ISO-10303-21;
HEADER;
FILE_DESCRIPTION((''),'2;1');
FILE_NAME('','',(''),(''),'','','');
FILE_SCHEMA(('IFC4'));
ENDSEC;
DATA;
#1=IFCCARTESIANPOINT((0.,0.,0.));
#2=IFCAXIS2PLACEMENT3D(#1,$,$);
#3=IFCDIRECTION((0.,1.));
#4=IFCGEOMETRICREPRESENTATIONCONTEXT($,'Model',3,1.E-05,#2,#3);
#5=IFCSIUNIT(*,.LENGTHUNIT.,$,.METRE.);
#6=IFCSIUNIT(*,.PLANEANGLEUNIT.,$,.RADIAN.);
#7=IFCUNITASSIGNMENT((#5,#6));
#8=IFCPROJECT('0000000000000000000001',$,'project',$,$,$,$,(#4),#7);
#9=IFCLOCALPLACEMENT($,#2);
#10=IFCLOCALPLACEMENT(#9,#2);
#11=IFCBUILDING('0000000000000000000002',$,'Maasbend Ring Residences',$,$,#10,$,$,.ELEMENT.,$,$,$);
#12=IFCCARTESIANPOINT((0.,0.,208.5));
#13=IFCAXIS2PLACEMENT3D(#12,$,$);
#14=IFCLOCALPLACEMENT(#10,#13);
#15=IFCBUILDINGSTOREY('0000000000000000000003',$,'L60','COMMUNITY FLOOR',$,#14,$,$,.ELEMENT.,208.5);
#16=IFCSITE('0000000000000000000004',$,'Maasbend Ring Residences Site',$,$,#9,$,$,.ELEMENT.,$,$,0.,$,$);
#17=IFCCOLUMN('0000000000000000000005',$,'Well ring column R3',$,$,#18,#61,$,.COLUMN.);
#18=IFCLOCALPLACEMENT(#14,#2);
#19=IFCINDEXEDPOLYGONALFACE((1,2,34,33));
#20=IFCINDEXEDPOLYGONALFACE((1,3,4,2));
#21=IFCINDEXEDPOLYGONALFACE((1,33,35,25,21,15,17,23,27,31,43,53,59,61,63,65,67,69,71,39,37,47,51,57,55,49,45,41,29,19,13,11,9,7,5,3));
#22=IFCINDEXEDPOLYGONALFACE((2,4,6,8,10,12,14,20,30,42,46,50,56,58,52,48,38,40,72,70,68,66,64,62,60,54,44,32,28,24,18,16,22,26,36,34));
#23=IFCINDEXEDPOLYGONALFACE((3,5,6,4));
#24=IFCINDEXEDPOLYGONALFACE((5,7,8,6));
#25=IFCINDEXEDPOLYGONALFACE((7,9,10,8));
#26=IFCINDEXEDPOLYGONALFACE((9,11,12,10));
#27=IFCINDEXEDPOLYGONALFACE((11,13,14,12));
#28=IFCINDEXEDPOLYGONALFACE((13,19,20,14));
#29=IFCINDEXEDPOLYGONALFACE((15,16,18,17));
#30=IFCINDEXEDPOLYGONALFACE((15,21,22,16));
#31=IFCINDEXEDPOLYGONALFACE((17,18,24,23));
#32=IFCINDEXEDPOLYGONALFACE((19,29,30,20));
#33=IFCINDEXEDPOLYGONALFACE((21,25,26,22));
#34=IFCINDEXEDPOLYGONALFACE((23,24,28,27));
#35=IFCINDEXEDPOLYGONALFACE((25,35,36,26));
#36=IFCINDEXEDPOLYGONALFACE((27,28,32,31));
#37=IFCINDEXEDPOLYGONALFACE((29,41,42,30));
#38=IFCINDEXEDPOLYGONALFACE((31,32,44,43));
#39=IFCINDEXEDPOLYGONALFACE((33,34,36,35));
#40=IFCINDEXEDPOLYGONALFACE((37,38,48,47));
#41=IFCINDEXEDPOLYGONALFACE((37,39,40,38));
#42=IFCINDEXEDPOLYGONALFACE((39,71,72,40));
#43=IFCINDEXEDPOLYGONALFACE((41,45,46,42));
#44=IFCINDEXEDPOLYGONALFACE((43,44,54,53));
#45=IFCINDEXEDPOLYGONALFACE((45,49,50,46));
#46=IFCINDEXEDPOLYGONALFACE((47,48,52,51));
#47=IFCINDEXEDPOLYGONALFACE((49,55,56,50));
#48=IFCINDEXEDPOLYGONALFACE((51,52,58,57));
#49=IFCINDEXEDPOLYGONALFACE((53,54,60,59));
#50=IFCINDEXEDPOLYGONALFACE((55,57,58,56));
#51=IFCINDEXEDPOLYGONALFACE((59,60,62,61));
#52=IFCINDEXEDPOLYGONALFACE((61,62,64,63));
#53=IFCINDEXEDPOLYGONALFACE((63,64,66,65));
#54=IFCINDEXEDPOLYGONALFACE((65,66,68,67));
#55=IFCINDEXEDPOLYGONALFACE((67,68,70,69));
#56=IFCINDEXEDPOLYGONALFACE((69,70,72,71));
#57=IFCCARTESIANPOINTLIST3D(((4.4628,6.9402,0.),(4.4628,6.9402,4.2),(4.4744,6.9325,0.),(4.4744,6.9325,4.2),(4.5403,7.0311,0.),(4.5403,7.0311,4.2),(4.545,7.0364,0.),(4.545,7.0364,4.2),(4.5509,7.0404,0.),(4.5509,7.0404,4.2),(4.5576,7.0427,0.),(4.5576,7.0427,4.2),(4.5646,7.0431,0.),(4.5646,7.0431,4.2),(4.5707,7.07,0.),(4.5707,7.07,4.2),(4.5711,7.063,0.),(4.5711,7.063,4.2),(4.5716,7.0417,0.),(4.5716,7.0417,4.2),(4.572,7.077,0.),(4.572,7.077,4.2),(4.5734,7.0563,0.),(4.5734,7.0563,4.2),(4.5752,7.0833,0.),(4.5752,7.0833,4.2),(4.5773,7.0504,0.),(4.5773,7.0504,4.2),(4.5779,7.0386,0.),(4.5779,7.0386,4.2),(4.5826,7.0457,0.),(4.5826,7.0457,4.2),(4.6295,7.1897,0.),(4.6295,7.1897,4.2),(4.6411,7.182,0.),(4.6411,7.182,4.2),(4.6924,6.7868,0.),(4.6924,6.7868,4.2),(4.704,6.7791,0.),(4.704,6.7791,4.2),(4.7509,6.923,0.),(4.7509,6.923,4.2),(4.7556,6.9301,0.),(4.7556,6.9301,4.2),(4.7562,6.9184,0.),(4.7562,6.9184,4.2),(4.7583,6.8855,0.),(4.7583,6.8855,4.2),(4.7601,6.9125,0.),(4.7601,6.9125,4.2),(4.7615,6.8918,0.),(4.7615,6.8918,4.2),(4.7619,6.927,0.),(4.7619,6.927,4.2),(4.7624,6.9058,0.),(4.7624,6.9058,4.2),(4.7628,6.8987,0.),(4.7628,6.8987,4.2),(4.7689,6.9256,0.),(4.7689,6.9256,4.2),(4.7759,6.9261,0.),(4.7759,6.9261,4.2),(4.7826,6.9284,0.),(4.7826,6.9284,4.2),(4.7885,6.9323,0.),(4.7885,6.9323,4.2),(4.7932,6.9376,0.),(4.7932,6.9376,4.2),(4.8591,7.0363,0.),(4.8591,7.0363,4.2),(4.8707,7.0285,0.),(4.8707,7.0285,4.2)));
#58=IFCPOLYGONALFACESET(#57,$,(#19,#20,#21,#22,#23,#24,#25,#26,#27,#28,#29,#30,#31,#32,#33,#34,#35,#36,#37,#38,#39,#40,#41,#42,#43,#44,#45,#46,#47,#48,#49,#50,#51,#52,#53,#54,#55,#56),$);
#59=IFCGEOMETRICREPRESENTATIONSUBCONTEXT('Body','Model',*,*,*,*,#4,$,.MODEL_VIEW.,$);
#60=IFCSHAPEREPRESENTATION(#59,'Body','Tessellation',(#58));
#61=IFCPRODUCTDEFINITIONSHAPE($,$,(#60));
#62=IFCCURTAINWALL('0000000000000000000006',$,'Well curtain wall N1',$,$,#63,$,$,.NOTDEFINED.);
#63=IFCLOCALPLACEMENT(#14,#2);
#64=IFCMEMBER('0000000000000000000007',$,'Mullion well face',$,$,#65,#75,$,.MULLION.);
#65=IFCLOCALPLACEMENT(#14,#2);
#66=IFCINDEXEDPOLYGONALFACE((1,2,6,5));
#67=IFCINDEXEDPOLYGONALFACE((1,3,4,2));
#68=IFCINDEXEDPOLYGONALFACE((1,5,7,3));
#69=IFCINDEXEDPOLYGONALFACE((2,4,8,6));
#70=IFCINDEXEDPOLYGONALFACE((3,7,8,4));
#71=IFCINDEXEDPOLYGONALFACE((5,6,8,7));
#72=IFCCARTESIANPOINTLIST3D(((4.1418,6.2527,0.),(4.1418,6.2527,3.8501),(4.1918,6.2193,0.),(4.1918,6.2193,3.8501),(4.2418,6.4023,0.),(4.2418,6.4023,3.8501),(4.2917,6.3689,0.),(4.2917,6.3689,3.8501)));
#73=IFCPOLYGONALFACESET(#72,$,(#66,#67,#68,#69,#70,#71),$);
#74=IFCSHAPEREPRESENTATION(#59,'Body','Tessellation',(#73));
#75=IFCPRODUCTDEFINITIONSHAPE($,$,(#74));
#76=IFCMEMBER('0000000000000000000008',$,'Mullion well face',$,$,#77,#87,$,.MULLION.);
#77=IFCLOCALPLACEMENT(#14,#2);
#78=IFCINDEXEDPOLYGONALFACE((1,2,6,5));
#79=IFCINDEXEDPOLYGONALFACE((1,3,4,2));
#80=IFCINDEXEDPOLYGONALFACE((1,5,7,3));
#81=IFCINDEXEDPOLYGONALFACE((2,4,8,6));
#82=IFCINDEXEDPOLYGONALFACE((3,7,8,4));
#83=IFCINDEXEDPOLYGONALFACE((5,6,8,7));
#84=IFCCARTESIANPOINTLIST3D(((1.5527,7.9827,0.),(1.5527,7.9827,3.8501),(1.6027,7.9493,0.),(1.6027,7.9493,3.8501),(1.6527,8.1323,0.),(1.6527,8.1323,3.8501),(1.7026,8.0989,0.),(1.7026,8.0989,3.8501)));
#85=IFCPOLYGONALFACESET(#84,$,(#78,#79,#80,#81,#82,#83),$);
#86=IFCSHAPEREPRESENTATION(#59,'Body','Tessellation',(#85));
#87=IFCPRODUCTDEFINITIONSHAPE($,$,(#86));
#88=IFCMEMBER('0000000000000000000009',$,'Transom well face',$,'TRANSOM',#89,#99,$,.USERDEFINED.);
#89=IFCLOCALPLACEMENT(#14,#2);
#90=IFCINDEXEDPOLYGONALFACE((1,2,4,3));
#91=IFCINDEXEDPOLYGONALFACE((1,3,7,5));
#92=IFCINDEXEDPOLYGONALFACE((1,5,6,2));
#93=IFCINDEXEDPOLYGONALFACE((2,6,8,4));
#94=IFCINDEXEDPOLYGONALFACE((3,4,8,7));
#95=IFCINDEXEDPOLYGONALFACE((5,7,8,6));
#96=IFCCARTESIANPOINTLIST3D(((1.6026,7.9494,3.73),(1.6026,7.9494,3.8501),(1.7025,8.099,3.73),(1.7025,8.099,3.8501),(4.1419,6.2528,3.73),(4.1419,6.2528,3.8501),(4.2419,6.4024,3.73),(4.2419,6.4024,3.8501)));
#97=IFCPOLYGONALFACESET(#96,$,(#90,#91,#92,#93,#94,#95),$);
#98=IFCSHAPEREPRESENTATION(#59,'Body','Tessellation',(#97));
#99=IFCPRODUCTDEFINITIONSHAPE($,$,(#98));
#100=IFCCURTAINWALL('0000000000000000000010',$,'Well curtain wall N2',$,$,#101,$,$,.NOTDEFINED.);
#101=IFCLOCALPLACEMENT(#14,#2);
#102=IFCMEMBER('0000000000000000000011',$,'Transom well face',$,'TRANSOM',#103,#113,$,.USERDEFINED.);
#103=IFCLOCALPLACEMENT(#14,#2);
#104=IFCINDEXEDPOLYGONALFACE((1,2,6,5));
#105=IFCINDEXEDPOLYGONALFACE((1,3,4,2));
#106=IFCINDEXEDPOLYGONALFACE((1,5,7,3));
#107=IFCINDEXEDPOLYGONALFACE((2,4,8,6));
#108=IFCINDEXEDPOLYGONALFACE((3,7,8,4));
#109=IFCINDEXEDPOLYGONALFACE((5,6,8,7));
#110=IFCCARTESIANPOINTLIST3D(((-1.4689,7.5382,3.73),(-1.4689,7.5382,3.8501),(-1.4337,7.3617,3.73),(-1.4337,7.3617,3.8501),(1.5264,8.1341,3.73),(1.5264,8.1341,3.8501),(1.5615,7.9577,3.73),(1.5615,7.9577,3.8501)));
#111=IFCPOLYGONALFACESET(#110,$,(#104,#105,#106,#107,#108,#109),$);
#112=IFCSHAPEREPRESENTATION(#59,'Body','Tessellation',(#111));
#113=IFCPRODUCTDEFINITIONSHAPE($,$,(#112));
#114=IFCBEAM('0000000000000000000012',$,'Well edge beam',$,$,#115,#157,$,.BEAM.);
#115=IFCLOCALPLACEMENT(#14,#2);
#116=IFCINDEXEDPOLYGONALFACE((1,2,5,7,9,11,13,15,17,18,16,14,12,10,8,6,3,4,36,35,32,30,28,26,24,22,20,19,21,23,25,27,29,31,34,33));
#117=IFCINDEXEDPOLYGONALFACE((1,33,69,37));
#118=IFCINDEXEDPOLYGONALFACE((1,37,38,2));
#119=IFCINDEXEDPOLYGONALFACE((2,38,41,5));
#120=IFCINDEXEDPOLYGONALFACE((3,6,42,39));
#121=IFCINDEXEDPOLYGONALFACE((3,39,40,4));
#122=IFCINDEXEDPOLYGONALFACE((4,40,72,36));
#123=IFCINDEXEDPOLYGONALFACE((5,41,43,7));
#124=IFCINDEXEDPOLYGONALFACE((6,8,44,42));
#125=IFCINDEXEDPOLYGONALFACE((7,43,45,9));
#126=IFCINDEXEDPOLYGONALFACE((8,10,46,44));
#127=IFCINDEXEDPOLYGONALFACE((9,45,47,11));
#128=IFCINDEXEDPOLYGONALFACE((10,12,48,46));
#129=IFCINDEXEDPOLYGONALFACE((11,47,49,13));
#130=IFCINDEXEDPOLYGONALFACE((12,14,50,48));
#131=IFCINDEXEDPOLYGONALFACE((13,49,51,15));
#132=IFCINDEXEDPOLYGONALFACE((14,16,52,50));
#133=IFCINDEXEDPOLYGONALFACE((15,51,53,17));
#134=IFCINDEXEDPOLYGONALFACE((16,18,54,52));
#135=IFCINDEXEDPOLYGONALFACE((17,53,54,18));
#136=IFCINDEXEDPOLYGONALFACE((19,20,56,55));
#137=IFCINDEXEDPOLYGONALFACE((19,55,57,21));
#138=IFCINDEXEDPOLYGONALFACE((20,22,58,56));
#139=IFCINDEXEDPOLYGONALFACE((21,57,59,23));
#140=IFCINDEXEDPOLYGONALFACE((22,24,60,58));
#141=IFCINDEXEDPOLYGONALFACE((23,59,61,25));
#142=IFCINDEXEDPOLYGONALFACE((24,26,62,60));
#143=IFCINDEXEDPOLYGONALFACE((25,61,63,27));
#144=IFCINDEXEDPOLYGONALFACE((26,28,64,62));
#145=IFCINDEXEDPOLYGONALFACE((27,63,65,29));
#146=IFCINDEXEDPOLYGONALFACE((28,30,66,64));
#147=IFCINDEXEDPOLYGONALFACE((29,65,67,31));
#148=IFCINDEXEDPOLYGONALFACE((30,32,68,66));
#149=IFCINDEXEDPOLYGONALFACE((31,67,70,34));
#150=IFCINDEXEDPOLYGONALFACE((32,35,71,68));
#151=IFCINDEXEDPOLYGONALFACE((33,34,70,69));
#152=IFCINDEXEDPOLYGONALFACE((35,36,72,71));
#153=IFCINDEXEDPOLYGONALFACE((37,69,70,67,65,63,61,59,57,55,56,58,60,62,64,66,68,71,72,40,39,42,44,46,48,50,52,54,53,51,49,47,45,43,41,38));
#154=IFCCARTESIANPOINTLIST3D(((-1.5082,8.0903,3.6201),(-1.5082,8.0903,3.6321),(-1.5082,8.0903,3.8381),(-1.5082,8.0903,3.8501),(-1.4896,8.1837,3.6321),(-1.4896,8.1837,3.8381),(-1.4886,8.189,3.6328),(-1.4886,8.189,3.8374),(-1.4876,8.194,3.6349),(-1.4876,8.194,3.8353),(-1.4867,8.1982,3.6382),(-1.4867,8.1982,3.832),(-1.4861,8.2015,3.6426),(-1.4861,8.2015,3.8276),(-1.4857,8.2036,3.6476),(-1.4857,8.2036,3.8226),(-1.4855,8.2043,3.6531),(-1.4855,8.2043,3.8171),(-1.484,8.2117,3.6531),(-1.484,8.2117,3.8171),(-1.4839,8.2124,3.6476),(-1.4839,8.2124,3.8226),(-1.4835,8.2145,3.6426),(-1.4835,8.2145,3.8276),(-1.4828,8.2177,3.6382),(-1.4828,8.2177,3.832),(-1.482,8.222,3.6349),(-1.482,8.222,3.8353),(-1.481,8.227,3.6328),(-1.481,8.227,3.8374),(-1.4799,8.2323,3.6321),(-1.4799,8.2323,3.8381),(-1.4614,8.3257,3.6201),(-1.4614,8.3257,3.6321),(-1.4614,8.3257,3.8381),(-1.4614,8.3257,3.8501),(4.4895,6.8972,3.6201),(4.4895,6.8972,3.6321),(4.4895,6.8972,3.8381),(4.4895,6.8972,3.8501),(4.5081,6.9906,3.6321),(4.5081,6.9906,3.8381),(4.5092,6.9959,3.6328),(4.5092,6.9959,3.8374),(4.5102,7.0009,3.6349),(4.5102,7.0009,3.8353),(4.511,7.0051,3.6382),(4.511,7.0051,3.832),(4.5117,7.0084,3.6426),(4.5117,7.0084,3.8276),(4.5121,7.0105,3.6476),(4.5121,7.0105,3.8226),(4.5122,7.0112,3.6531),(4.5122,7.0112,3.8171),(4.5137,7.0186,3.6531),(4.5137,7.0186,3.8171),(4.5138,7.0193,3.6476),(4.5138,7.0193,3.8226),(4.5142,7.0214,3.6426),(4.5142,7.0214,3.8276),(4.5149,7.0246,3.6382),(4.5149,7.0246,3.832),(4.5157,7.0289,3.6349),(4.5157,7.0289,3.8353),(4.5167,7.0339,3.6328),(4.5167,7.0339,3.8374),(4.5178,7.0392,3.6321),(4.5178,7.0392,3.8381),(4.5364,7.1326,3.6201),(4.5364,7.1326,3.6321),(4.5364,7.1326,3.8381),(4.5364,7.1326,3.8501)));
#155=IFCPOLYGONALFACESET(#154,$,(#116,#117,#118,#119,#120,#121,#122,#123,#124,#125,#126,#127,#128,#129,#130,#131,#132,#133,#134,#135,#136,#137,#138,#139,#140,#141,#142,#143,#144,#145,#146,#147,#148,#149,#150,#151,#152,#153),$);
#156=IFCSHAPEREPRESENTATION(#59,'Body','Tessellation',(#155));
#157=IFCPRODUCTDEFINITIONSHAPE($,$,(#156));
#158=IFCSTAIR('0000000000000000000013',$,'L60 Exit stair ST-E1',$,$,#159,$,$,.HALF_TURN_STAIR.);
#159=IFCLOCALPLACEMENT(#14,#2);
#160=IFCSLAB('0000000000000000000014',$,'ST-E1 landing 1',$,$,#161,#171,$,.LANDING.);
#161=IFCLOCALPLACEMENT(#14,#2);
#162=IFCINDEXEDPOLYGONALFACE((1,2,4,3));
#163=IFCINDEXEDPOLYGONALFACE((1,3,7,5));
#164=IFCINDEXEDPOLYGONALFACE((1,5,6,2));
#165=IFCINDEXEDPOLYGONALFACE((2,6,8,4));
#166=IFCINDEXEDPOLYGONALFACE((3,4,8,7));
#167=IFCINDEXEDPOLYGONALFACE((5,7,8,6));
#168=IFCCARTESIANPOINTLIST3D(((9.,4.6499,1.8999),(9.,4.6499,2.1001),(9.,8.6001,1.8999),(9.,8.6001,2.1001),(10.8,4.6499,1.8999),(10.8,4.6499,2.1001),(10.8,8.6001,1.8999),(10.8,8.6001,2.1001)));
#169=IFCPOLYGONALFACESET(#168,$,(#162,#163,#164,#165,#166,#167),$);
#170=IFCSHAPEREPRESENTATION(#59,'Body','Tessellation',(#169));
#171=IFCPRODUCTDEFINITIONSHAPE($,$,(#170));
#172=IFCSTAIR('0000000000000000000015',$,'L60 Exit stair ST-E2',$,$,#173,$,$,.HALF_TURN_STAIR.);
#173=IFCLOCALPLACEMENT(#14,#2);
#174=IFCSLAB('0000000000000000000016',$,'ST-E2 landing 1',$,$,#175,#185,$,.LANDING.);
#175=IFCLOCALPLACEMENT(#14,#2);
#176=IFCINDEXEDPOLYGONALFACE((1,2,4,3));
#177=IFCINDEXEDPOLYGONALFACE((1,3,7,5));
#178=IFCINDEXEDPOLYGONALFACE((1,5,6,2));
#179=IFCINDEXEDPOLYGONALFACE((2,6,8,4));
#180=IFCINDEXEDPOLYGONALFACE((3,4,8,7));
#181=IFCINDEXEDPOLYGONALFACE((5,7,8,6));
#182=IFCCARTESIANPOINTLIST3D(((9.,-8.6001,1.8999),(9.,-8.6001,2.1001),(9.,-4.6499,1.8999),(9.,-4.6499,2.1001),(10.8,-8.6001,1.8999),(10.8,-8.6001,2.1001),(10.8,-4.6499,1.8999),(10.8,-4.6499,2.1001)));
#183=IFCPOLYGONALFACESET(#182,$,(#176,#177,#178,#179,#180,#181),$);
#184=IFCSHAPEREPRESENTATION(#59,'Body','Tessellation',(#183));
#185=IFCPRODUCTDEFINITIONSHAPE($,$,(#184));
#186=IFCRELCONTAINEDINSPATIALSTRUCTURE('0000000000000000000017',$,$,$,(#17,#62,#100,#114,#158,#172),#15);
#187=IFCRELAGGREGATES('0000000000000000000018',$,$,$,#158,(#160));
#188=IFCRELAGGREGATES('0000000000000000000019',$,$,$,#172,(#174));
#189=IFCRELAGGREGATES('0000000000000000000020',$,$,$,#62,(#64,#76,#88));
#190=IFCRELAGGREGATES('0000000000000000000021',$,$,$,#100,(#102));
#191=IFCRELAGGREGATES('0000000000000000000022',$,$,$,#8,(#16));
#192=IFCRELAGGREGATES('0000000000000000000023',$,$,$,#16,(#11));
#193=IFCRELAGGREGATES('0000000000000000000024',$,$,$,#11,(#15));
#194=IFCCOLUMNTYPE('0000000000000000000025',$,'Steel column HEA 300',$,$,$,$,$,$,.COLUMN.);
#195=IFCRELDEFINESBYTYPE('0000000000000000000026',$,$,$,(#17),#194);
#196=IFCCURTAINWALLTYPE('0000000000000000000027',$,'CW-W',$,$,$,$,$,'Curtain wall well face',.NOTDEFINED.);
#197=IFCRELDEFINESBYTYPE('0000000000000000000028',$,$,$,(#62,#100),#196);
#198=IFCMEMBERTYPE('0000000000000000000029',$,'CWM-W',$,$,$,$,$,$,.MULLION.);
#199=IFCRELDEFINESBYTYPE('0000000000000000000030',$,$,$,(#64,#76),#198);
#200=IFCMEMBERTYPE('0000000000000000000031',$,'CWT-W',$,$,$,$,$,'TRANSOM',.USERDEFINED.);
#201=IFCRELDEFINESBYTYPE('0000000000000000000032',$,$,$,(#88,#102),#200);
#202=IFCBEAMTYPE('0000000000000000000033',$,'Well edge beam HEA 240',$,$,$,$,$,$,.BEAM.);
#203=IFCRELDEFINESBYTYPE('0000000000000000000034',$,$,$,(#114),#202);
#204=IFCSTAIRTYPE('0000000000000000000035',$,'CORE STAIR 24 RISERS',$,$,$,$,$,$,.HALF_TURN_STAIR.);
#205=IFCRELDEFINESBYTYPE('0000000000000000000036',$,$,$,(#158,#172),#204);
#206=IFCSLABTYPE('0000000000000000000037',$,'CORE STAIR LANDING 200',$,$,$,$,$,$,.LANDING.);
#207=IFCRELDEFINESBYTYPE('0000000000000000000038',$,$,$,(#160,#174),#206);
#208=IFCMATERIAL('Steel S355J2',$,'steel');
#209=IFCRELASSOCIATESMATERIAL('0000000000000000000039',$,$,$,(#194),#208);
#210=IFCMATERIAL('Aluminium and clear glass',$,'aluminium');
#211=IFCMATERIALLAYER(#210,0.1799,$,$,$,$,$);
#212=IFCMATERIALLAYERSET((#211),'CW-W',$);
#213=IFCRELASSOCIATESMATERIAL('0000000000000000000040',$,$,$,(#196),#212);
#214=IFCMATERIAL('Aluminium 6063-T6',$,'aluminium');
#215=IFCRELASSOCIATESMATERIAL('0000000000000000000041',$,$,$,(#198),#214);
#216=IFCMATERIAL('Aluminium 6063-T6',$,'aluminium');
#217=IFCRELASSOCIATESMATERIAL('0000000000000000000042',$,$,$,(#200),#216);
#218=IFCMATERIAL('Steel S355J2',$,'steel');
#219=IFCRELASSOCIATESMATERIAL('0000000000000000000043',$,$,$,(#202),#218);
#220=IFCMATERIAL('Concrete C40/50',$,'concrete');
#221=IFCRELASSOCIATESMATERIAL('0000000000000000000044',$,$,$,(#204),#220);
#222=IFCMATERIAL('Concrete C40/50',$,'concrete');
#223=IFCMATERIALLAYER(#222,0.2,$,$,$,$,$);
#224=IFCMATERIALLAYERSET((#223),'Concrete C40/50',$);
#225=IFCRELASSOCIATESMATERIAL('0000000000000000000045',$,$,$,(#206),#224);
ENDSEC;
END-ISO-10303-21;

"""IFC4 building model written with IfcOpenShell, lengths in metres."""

from ifc_helpers import new_model, si_unit, direction, frame, origin, origin_2d, place, context, subcontext, project, spatial, polyline, rectangle, i_section, outline, extrude, material, layer, layer_set, material_profile, profile_set, type_object, element, aggregate, save


model = new_model("IFC4")

# Units and contexts
model_context = context("Model", 3, precision=1e-05, world=origin(), true_north=direction((0.0, 1.0)))
body_context = subcontext(model_context, "Body", "Model", "MODEL_VIEW")
ifc_project = project(units=[si_unit("LENGTHUNIT", "METRE"), si_unit("PLANEANGLEUNIT", "RADIAN")], contexts=[model_context])

# Site, building, storey
site_placement = place(None, origin())
site = spatial("IfcSite", under=ifc_project, at=site_placement, Name="Maasbend Ring Residences Site", CompositionType="ELEMENT", RefElevation=0.0)
building_placement = place(site_placement, origin())
building = spatial("IfcBuilding", under=site, at=building_placement, Name="Maasbend Ring Residences", CompositionType="ELEMENT")
storey_placement = place(building_placement, frame((0.0, 0.0, 208.5)))
storey = spatial("IfcBuildingStorey", under=building, at=storey_placement, Name="L60", Description="COMMUNITY FLOOR", CompositionType="ELEMENT", Elevation=208.5)

# Column
ifc_material_1 = material(Name="Steel S355J2", Category="steel")
ifc_material_profile_1 = material_profile(ifc_material_1, i_section(OverallWidth=0.3, OverallDepth=0.29, WebThickness=0.0085, FlangeThickness=0.0139, FilletRadius=0.0271, at=origin_2d()), Name="HEA 300")
ifc_profile_set_1 = profile_set([ifc_material_profile_1], Name="Steel S355J2")
column_type = type_object("IfcColumnType", Name="Steel column HEA 300", PredefinedType="COLUMN", material=ifc_profile_set_1)
column_placement = place(storey_placement, frame((4.6667, 6.9844, 0.0), z_axis=(0.0, 0.0, 1.0), x_axis=(0.55557, 0.83147, 0.0)))
element("IfcColumn", 1, at=column_placement, inside=storey, type_object=column_type, Name="Well ring column R3", PredefinedType="COLUMN", context=body_context, shape_type="SweptSolid", body=[
    extrude(i_section(OverallWidth=0.3, OverallDepth=0.29, WebThickness=0.0085, FlangeThickness=0.0139, FilletRadius=0.0271, at=origin_2d()), origin(), (0.0, 0.0, 1.0), 4.2),
])

# Curtain wall, members
ifc_material_2 = material(Name="Aluminium and clear glass", Category="aluminium")
ifc_layer_1 = layer(ifc_material_2, 0.1799)
ifc_layer_set_1 = layer_set([ifc_layer_1], Name="CW-W")
curtain_wall_type = type_object("IfcCurtainWallType", Name="CW-W", ElementType="Curtain wall well face", PredefinedType="NOTDEFINED", material=ifc_layer_set_1)
curtain_wall_1_placement = place(storey_placement, origin())
curtain_wall_1 = element("IfcCurtainWall", 2, at=curtain_wall_1_placement, inside=storey, type_object=curtain_wall_type, Name="Well curtain wall N1", PredefinedType="NOTDEFINED")
ifc_material_3 = material(Name="Aluminium 6063-T6", Category="aluminium")
ifc_material_profile_2 = material_profile(ifc_material_3, rectangle(XDim=0.1799, YDim=0.0601, at=origin_2d()), Name="AL 180x60")
ifc_profile_set_2 = profile_set([ifc_material_profile_2], Name="Aluminium 6063-T6")
member_type_1 = type_object("IfcMemberType", Name="CWM-W", PredefinedType="MULLION", material=ifc_profile_set_2)
member_1_placement = place(storey_placement, frame((4.2168, 6.3108, 0.0), z_axis=(0.0, 0.0, 1.0), x_axis=(-0.55557, -0.83147, 0.0)))
member_1 = element("IfcMember", 3, at=member_1_placement, type_object=member_type_1, Name="Mullion well face", PredefinedType="MULLION", context=body_context, shape_type="SweptSolid", body=[
    extrude(rectangle(XDim=0.1799, YDim=0.0601, at=origin_2d()), origin(), (0.0, 0.0, 1.0), 3.8501),
])
member_2_placement = place(storey_placement, frame((1.6277, 8.0408, 0.0), z_axis=(0.0, 0.0, 1.0), x_axis=(-0.55557, -0.83147, 0.0)))
member_2 = element("IfcMember", 4, at=member_2_placement, type_object=member_type_1, Name="Mullion well face", PredefinedType="MULLION", context=body_context, shape_type="SweptSolid", body=[
    extrude(rectangle(XDim=0.1799, YDim=0.0601, at=origin_2d()), origin(), (0.0, 0.0, 1.0), 3.8501),
])
ifc_material_4 = material(Name="Aluminium 6063-T6", Category="aluminium")
ifc_material_profile_3 = material_profile(ifc_material_4, rectangle(XDim=0.1799, YDim=0.1201, at=origin_2d()), Name="AL 180x120")
ifc_profile_set_3 = profile_set([ifc_material_profile_3], Name="Aluminium 6063-T6")
member_type_2 = type_object("IfcMemberType", Name="CWT-W", ElementType="TRANSOM", PredefinedType="USERDEFINED", material=ifc_profile_set_3)
member_3_placement = place(storey_placement, frame((4.1919, 6.3276, 3.79), z_axis=(-0.831496, 0.55553, 0.0), x_axis=(-0.55553, -0.831496, 0.0)))
member_3 = element("IfcMember", 5, at=member_3_placement, type_object=member_type_2, Name="Transom well face", ObjectType="TRANSOM", PredefinedType="USERDEFINED", context=body_context, shape_type="SweptSolid", body=[
    extrude(rectangle(XDim=0.1799, YDim=0.1201, at=origin_2d()), origin(), (0.0, 0.0, 1.0), 3.054),
])

# Curtain wall, member
curtain_wall_2_placement = place(storey_placement, origin())
curtain_wall_2 = element("IfcCurtainWall", 6, at=curtain_wall_2_placement, inside=storey, type_object=curtain_wall_type, Name="Well curtain wall N2", PredefinedType="NOTDEFINED")
member_4_placement = place(storey_placement, frame((1.5439, 8.0459, 3.79), z_axis=(-0.980777, -0.195132, 0.0), x_axis=(0.195132, -0.980777, 0.0)))
member_4 = element("IfcMember", 7, at=member_4_placement, type_object=member_type_2, Name="Transom well face", ObjectType="TRANSOM", PredefinedType="USERDEFINED", context=body_context, shape_type="SweptSolid", body=[
    extrude(rectangle(XDim=0.1799, YDim=0.1201, at=origin_2d()), origin(), (0.0, 0.0, 1.0), 3.054),
])

# Beam
ifc_material_5 = material(Name="Steel S355J2", Category="steel")
ifc_material_profile_4 = material_profile(ifc_material_5, i_section(OverallWidth=0.24, OverallDepth=0.23, WebThickness=0.0076, FlangeThickness=0.012, FilletRadius=0.021, at=origin_2d()), Name="HEA 240")
ifc_profile_set_4 = profile_set([ifc_material_profile_4], Name="Steel S355J2")
beam_type = type_object("IfcBeamType", Name="Well edge beam HEA 240", PredefinedType="BEAM", material=ifc_profile_set_4)
beam_placement = place(storey_placement, frame((4.5129, 7.0149, 3.7351), z_axis=(-0.980783, 0.195103, 0.0), x_axis=(-0.195103, -0.980783, 0.0)))
element("IfcBeam", 8, at=beam_placement, inside=storey, type_object=beam_type, Name="Well edge beam", PredefinedType="BEAM", context=body_context, shape_type="SweptSolid", body=[
    extrude(i_section(OverallWidth=0.24, OverallDepth=0.23, WebThickness=0.0076, FlangeThickness=0.012, FilletRadius=0.021, at=origin_2d()), origin(), (0.0, 0.0, 1.0), 6.1152),
])

# Stairs, slabs
ifc_material_6 = material(Name="Concrete C40/50", Category="concrete")
stair_type = type_object("IfcStairType", Name="CORE STAIR 24 RISERS", PredefinedType="HALF_TURN_STAIR", material=ifc_material_6)
stair_1_placement = place(storey_placement, origin())
stair_1 = element("IfcStair", 9, at=stair_1_placement, inside=storey, type_object=stair_type, Name="L60 Exit stair ST-E1", PredefinedType="HALF_TURN_STAIR")
ifc_material_7 = material(Name="Concrete C40/50", Category="concrete")
ifc_layer_2 = layer(ifc_material_7, 0.2)
ifc_layer_set_2 = layer_set([ifc_layer_2], Name="Concrete C40/50")
slab_type_1 = type_object("IfcSlabType", Name="CORE STAIR LANDING 200", PredefinedType="LANDING", material=ifc_layer_set_2)
slab_1_placement = place(storey_placement, frame((0.0, 0.0, 1.8999)))
slab_1 = element("IfcSlab", 10, at=slab_1_placement, type_object=slab_type_1, Name="ST-E1 landing 1", PredefinedType="LANDING", context=body_context, shape_type="SweptSolid", body=[
    extrude(outline(polyline([(10.8, 8.6001), (9.0, 8.6001), (9.0, 4.6499), (10.8, 4.6499), (10.8, 8.6001)])), origin(), (0.0, 0.0, 1.0), 0.2002),
])
aggregate(stair_1, [slab_1])
stair_2_placement = place(storey_placement, origin())
stair_2 = element("IfcStair", 11, at=stair_2_placement, inside=storey, type_object=stair_type, Name="L60 Exit stair ST-E2", PredefinedType="HALF_TURN_STAIR")
slab_2_placement = place(storey_placement, frame((0.0, 0.0, 1.8999)))
slab_2 = element("IfcSlab", 12, at=slab_2_placement, type_object=slab_type_1, Name="ST-E2 landing 1", PredefinedType="LANDING", context=body_context, shape_type="SweptSolid", body=[
    extrude(outline(polyline([(10.8, -4.6499), (9.0, -4.6499), (9.0, -8.6001), (10.8, -8.6001), (10.8, -4.6499)])), origin(), (0.0, 0.0, 1.0), 0.2002),
])
aggregate(stair_2, [slab_2])

aggregate(curtain_wall_1, [member_1, member_2, member_3])
aggregate(curtain_wall_2, [member_4])

save(model, "model.ifc")
